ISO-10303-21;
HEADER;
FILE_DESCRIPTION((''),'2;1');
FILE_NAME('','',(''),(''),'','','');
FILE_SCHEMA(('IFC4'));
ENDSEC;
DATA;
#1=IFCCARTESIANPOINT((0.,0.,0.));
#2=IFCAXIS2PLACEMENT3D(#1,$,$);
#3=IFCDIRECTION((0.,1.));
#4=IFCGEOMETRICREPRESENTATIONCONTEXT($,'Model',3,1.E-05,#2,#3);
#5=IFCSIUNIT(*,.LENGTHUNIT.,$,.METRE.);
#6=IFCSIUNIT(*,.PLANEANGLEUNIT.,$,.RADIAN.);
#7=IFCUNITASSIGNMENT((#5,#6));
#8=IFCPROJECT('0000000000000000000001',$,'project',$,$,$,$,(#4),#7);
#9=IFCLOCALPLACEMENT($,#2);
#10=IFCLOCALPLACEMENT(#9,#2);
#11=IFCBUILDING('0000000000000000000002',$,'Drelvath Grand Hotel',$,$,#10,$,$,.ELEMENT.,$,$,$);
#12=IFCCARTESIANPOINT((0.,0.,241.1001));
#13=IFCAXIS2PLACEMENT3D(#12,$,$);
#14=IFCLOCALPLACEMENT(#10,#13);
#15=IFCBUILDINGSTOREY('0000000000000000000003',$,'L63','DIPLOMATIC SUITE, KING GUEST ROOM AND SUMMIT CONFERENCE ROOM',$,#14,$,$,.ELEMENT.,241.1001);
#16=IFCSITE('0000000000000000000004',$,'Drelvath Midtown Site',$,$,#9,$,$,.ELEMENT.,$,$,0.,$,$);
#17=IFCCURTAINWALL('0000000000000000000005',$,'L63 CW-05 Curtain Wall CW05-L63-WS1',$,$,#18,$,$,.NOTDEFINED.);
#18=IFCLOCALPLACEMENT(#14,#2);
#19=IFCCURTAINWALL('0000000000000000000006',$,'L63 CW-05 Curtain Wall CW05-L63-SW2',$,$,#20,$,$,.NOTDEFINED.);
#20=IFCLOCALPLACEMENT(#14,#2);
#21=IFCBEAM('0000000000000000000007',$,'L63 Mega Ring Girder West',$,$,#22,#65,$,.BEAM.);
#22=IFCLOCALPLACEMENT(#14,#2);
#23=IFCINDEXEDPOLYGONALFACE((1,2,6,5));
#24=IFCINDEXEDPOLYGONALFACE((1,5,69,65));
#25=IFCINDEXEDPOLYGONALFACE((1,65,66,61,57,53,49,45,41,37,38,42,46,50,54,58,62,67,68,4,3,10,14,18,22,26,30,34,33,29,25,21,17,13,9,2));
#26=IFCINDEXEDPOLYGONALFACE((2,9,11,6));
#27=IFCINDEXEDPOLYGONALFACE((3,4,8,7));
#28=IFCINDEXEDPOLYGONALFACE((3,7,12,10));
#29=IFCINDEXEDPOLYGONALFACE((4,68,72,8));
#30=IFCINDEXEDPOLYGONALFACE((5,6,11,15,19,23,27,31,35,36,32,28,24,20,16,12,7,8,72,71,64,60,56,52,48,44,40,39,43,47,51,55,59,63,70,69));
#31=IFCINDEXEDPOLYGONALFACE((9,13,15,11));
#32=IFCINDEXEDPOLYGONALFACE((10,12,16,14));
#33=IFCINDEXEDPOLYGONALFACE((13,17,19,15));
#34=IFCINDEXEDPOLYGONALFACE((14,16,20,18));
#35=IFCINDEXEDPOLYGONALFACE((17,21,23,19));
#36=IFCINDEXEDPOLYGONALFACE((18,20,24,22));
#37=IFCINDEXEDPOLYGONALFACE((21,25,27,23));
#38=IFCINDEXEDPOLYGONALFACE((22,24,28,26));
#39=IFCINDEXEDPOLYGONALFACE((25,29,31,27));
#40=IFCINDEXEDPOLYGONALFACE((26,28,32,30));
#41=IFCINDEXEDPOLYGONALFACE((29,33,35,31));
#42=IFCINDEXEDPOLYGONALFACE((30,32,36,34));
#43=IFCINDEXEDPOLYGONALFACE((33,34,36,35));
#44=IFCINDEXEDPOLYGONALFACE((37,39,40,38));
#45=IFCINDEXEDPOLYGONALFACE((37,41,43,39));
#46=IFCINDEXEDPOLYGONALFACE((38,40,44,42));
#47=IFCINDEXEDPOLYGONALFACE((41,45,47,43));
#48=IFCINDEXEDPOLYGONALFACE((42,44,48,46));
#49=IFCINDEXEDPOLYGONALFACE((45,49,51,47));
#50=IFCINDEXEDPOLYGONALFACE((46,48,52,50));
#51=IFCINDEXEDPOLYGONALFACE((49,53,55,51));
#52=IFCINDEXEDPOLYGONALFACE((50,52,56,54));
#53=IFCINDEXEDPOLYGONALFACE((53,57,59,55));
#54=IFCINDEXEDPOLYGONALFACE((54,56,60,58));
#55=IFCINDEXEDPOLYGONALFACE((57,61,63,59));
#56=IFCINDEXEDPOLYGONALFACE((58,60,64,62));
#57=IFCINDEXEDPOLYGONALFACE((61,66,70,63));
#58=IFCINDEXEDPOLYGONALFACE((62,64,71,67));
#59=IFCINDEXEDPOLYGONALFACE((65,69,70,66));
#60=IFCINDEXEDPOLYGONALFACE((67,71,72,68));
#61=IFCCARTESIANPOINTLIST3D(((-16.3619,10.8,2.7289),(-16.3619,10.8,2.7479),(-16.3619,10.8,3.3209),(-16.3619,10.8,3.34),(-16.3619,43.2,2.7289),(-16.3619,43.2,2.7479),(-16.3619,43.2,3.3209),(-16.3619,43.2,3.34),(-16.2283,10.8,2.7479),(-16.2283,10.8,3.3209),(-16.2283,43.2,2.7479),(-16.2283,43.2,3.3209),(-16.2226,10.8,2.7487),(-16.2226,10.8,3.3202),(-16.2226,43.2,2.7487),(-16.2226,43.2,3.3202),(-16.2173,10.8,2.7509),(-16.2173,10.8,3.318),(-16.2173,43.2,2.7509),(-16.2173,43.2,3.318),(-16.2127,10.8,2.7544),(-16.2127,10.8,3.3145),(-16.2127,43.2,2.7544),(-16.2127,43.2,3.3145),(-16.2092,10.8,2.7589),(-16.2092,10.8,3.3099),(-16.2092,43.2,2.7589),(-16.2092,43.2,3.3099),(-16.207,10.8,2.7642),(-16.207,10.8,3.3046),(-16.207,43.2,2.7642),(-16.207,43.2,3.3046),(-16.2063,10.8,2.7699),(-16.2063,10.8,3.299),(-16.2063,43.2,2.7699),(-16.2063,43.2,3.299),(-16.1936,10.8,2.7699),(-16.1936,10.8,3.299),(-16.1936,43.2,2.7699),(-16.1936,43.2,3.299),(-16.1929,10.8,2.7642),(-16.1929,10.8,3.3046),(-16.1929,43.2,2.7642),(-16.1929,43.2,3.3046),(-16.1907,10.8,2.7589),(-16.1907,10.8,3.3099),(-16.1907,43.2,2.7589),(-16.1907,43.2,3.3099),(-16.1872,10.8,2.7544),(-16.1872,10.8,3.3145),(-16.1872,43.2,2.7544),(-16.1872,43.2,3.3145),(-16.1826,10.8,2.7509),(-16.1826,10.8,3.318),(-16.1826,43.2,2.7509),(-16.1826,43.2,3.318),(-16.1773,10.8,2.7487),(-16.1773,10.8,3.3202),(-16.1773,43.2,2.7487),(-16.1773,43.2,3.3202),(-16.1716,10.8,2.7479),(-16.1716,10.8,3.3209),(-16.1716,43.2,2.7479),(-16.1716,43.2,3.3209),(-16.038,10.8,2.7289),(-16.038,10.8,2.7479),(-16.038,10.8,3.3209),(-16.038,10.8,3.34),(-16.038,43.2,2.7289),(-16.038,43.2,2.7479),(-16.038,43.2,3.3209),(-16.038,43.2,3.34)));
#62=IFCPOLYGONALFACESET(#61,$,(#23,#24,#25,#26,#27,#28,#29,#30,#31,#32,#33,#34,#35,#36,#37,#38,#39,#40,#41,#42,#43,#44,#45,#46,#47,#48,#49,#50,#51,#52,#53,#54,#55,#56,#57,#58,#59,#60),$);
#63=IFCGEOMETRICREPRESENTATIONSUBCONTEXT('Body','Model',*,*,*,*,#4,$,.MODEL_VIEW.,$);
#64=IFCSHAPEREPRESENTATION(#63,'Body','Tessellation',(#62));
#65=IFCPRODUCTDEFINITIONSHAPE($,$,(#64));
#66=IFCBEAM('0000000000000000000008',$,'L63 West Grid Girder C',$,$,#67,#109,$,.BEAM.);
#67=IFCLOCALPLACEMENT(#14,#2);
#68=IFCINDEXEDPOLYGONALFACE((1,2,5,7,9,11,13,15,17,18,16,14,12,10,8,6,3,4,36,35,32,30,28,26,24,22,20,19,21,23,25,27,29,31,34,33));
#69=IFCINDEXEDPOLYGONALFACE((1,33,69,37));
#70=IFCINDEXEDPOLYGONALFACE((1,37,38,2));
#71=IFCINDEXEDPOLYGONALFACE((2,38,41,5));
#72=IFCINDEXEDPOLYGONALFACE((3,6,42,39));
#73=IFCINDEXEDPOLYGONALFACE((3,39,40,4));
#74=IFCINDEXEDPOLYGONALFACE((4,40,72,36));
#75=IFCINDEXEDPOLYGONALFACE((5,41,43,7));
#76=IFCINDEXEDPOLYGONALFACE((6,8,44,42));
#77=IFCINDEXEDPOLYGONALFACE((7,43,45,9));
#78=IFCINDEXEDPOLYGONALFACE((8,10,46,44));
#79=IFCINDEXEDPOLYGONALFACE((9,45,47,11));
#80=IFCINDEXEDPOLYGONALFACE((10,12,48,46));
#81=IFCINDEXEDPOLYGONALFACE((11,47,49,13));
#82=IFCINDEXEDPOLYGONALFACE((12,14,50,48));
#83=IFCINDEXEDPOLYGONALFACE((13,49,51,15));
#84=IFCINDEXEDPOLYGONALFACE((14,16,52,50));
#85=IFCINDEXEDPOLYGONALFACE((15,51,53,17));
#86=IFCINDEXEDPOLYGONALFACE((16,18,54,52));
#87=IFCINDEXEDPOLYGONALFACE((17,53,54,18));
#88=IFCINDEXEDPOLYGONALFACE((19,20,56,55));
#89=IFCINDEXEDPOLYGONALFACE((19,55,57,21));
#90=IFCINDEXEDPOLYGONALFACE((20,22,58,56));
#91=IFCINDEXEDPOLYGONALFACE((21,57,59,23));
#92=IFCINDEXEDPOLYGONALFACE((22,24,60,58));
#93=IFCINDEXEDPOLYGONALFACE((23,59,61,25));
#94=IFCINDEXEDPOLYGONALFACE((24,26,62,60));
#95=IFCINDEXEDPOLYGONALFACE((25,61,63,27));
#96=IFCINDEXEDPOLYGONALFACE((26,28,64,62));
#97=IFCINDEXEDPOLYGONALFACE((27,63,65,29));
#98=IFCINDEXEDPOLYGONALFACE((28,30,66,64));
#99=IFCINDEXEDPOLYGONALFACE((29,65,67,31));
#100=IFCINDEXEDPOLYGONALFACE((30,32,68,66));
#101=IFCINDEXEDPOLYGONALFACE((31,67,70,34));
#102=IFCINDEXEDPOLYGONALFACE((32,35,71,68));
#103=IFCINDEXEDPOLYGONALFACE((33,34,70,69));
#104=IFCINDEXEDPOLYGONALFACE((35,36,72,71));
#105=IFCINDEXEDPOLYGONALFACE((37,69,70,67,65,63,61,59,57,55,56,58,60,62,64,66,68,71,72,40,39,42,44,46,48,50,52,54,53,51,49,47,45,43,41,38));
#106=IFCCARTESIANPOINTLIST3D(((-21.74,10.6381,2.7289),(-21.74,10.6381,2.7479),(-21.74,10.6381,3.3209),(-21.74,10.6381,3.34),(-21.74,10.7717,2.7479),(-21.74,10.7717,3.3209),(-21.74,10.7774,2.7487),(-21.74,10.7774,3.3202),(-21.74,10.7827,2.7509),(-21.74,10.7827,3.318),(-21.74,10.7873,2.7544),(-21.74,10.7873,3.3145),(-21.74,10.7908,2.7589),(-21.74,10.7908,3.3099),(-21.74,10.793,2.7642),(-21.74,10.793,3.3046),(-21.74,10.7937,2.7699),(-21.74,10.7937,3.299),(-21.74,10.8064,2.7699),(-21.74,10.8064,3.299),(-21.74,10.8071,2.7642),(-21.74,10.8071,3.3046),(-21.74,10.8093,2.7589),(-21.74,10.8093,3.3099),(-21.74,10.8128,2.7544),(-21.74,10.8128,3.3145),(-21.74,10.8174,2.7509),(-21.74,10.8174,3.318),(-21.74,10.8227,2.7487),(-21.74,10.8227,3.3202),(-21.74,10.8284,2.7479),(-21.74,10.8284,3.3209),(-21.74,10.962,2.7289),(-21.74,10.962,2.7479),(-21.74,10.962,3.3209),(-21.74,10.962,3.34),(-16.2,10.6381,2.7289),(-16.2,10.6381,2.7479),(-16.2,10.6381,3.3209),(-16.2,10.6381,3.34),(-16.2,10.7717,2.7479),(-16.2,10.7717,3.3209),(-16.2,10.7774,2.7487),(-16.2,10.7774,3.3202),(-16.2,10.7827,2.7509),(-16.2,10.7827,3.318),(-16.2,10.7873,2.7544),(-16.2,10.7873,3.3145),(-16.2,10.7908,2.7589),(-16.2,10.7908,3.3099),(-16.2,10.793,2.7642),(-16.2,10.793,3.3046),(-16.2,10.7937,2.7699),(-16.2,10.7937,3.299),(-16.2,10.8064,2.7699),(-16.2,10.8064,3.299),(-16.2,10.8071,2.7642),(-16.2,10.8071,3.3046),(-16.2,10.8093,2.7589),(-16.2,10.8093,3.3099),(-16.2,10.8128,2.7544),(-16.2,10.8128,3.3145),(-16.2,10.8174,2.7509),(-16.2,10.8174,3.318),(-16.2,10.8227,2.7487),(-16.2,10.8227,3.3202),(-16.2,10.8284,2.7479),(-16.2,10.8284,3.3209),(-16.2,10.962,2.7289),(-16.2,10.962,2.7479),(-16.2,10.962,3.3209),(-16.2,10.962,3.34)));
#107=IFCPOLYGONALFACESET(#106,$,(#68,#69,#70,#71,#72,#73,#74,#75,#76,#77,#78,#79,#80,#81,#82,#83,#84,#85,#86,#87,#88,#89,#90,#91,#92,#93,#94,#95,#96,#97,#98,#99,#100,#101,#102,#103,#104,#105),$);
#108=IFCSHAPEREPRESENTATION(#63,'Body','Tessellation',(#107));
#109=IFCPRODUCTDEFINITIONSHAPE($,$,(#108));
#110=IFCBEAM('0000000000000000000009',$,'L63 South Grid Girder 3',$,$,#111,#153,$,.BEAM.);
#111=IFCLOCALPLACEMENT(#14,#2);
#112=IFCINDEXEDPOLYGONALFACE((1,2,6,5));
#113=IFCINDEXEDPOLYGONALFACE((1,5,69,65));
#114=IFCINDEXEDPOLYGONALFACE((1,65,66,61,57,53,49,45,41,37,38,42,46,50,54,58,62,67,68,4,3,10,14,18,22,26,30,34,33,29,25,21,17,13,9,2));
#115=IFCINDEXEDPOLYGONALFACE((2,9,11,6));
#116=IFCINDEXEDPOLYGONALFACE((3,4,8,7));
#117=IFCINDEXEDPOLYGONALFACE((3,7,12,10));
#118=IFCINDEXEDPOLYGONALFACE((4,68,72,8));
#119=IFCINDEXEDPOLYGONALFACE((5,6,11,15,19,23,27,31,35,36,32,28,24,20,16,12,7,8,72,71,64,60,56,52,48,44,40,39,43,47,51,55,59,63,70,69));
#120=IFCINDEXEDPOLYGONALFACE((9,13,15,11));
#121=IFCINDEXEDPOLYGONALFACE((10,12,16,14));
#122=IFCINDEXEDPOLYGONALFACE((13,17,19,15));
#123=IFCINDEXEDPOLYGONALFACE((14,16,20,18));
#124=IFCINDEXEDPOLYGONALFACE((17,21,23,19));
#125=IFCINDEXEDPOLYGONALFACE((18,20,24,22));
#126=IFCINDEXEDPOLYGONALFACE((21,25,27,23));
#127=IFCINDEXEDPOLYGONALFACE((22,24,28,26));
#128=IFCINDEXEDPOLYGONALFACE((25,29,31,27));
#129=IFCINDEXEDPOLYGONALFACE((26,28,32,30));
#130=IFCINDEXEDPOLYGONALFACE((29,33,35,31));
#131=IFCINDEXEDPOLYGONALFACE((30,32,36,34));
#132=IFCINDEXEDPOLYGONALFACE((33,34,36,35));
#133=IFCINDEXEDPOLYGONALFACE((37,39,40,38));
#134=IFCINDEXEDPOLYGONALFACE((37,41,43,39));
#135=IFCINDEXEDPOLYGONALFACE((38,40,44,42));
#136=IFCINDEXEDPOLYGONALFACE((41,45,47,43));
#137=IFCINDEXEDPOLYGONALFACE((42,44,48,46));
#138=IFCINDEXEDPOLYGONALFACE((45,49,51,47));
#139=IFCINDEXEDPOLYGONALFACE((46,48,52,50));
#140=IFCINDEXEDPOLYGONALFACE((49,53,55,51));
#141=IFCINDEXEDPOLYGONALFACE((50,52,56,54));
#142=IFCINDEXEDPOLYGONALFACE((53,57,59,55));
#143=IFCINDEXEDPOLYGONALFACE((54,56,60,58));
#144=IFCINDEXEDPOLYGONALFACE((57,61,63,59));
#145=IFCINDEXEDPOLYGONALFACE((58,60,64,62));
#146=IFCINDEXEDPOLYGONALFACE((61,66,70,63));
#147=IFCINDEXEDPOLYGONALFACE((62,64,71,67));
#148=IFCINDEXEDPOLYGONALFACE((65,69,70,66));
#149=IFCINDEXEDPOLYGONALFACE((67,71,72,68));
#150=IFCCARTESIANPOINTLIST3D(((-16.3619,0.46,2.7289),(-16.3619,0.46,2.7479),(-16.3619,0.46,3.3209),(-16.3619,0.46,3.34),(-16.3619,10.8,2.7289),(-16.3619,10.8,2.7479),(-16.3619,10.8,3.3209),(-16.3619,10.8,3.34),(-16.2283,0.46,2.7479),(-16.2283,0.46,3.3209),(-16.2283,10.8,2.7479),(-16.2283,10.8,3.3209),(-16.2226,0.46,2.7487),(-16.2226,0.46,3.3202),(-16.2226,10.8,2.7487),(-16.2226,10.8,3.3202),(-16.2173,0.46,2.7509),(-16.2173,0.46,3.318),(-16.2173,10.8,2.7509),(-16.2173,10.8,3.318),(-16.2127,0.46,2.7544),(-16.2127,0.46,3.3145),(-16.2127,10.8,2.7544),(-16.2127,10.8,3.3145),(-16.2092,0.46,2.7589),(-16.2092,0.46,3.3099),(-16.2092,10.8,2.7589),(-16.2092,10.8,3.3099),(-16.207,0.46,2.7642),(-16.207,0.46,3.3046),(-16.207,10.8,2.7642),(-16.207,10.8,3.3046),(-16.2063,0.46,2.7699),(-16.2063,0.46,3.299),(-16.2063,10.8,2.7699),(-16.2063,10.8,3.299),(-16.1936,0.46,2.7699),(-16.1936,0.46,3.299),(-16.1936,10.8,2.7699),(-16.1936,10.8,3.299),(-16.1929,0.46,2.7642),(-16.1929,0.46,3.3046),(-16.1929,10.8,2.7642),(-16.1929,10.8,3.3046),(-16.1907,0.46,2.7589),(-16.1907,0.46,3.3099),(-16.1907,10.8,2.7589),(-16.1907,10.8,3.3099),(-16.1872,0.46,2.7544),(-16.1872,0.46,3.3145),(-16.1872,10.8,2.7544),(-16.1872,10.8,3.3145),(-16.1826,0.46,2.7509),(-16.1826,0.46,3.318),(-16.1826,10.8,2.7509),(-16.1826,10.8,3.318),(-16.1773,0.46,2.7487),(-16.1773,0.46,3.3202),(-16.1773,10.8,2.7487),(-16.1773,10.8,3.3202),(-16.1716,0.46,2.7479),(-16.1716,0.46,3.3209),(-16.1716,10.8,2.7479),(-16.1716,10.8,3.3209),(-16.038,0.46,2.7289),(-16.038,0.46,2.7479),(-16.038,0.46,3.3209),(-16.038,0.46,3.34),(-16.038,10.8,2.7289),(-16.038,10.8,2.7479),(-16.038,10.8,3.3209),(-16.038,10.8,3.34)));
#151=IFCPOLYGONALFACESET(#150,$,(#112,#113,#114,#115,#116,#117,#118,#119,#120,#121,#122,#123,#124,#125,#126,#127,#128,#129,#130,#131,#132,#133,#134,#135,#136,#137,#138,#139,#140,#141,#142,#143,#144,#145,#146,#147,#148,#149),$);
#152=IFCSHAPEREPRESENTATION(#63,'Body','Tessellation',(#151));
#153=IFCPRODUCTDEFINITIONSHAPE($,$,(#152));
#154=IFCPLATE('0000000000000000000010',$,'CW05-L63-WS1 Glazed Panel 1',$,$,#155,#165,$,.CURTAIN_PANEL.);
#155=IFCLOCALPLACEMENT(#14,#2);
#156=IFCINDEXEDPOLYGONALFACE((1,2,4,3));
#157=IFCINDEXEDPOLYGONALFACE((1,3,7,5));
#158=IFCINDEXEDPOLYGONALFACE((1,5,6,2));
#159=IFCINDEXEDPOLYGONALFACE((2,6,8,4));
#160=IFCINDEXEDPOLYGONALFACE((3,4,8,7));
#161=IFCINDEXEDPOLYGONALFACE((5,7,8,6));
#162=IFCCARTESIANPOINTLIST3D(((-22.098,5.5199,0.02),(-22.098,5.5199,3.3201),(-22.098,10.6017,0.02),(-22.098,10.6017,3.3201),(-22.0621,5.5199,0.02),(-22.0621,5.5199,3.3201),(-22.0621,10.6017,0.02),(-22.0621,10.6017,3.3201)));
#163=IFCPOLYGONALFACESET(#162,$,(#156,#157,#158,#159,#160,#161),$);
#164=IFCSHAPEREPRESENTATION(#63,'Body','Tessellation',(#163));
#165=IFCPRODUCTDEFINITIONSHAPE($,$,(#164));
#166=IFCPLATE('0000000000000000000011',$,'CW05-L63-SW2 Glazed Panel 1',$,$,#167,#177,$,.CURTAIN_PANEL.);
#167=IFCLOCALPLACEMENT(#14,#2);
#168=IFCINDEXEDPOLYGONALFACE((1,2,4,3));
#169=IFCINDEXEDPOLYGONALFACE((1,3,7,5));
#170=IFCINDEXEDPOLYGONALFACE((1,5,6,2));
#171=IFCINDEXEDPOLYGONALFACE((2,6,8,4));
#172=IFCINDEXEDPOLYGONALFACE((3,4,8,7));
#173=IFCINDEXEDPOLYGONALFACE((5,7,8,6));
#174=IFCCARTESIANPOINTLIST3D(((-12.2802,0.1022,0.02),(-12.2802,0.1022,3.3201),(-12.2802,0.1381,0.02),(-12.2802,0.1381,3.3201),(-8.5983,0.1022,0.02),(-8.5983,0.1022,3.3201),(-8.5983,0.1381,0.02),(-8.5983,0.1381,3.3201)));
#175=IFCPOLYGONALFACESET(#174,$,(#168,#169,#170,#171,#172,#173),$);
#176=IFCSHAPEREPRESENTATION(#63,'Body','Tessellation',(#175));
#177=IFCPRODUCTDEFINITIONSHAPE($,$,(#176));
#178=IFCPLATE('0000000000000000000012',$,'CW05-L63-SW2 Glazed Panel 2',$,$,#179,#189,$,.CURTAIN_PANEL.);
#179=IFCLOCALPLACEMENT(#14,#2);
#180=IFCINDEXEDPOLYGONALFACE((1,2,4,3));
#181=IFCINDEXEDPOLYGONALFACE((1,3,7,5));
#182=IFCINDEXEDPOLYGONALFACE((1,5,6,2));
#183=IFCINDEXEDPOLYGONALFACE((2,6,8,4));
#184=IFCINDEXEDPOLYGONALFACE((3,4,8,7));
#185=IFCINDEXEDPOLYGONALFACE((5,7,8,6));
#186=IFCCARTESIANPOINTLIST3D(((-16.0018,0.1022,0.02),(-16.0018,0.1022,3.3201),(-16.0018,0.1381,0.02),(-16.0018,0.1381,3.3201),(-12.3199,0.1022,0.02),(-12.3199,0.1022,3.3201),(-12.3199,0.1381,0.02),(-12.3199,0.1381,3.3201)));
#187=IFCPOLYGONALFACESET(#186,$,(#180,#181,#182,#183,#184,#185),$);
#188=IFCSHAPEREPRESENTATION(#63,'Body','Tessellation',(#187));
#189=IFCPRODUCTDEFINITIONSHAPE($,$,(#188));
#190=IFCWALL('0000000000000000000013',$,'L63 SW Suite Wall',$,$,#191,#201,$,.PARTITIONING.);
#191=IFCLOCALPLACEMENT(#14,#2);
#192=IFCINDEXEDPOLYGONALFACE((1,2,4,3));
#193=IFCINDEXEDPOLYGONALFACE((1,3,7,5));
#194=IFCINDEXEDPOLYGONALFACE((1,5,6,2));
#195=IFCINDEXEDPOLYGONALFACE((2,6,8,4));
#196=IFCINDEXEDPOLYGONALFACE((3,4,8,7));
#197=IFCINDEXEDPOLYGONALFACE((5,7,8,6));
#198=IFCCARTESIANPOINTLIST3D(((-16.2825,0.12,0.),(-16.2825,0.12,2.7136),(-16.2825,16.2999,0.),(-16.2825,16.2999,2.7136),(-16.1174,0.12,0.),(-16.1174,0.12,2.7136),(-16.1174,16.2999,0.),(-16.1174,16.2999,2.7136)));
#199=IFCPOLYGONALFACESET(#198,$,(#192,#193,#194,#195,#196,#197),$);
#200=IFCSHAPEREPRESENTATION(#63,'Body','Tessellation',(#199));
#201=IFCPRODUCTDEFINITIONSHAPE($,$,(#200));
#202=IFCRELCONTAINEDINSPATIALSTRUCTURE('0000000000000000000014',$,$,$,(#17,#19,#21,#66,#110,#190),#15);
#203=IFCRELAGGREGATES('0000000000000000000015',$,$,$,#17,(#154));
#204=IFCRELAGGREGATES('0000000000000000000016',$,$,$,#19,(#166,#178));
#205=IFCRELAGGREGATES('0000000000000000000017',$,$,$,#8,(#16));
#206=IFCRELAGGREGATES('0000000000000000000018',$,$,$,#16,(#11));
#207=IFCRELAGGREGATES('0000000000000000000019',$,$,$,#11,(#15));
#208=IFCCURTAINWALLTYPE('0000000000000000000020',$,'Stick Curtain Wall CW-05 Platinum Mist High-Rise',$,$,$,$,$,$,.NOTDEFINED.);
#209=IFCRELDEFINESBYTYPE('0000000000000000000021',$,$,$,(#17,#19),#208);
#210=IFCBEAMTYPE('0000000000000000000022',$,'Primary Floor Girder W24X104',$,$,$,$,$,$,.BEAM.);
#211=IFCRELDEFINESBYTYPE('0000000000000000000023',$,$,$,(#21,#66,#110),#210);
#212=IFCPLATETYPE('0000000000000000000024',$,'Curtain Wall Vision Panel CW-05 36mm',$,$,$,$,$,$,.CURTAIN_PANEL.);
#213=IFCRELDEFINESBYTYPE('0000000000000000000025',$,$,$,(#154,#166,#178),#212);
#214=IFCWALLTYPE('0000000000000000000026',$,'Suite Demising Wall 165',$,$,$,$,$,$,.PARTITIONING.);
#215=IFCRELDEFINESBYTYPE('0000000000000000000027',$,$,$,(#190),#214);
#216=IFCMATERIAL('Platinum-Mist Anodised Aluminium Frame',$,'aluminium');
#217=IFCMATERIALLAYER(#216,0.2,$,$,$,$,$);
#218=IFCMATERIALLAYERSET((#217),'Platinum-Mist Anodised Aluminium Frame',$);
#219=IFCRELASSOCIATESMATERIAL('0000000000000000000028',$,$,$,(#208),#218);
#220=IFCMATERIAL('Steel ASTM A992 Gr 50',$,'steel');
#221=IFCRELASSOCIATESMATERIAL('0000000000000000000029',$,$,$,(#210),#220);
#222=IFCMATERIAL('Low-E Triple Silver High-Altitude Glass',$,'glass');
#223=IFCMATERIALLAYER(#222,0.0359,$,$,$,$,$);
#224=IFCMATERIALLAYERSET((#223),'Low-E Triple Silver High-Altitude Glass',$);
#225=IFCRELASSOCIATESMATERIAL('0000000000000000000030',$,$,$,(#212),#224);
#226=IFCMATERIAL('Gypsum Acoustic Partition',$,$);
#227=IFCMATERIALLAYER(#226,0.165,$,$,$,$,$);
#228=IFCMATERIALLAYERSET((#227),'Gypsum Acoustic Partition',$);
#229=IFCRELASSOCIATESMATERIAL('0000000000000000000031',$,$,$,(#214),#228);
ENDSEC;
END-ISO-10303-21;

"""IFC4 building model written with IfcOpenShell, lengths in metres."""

from ifc_helpers import new_model, si_unit, direction, frame, frame_2d, origin, origin_2d, place, context, subcontext, project, spatial, rectangle, i_section, extrude, material, layer, layer_set, material_profile, profile_set, type_object, element, aggregate, save


model = new_model("IFC4")

# Units and contexts
model_context = context("Model", 3, precision=1e-05, world=origin(), true_north=direction((0.0, 1.0)))
body_context = subcontext(model_context, "Body", "Model", "MODEL_VIEW")
ifc_project = project(units=[si_unit("LENGTHUNIT", "METRE"), si_unit("PLANEANGLEUNIT", "RADIAN")], contexts=[model_context])

# Site, building, storey
site_placement = place(None, origin())
site = spatial("IfcSite", under=ifc_project, at=site_placement, Name="Drelvath Midtown Site", CompositionType="ELEMENT", RefElevation=0.0)
building_placement = place(site_placement, origin())
building = spatial("IfcBuilding", under=site, at=building_placement, Name="Drelvath Grand Hotel", CompositionType="ELEMENT")
storey_placement = place(building_placement, frame((0.0, 0.0, 241.1001)))
storey = spatial("IfcBuildingStorey", under=building, at=storey_placement, Name="L63", Description="DIPLOMATIC SUITE, KING GUEST ROOM AND SUMMIT CONFERENCE ROOM", CompositionType="ELEMENT", Elevation=241.1001)

# Shared definitions
ifc_material_1 = material(Name="Steel ASTM A992 Gr 50", Category="steel")

# Curtain walls
ifc_material_2 = material(Name="Platinum-Mist Anodised Aluminium Frame", Category="aluminium")
ifc_layer_1 = layer(ifc_material_2, 0.2)
ifc_layer_set_1 = layer_set([ifc_layer_1], Name="Platinum-Mist Anodised Aluminium Frame")
curtain_wall_type = type_object("IfcCurtainWallType", Name="Stick Curtain Wall CW-05 Platinum Mist High-Rise", PredefinedType="NOTDEFINED", material=ifc_layer_set_1)
curtain_wall_1_placement = place(storey_placement, origin())
curtain_wall_1 = element("IfcCurtainWall", 1, at=curtain_wall_1_placement, inside=storey, type_object=curtain_wall_type, Name="L63 CW-05 Curtain Wall CW05-L63-WS1", PredefinedType="NOTDEFINED")
curtain_wall_2_placement = place(storey_placement, origin())
curtain_wall_2 = element("IfcCurtainWall", 2, at=curtain_wall_2_placement, inside=storey, type_object=curtain_wall_type, Name="L63 CW-05 Curtain Wall CW05-L63-SW2", PredefinedType="NOTDEFINED")

# Beams
ifc_material_profile_1 = material_profile(ifc_material_1, i_section(OverallWidth=0.324, OverallDepth=0.6111, WebThickness=0.0127, FlangeThickness=0.019, FilletRadius=0.022, at=origin_2d()), Name="W24X104")
ifc_profile_set_1 = profile_set([ifc_material_profile_1], Name="Steel ASTM A992 Gr 50")
beam_type_1 = type_object("IfcBeamType", Name="Primary Floor Girder W24X104", PredefinedType="BEAM", material=ifc_profile_set_1)
for number, where, z_axis, x_axis, name in (
    (3, (-16.2, 10.8, 3.0344), (0.0, 1.0, 0.0), (-1.0, 0.0, 0.0), "L63 Mega Ring Girder West"),
):
    element("IfcBeam", number, at=place(storey_placement, frame(where, z_axis=z_axis, x_axis=x_axis)), inside=storey, type_object=beam_type_1, Name=name, PredefinedType="BEAM", context=body_context, shape_type="SweptSolid", body=[
        extrude(i_section(OverallWidth=0.324, OverallDepth=0.6111, WebThickness=0.0127, FlangeThickness=0.019, FilletRadius=0.022, at=origin_2d()), origin(), (0.0, 0.0, 1.0), 32.3999),
    ])
beam_1_placement = place(storey_placement, frame((-21.74, 10.8, 3.0344), z_axis=(1.0, 0.0, 0.0), x_axis=(0.0, 1.0, 0.0)))
element("IfcBeam", 4, at=beam_1_placement, inside=storey, type_object=beam_type_1, Name="L63 West Grid Girder C", PredefinedType="BEAM", context=body_context, shape_type="SweptSolid", body=[
    extrude(i_section(OverallWidth=0.324, OverallDepth=0.6111, WebThickness=0.0127, FlangeThickness=0.019, FilletRadius=0.022, at=origin_2d()), origin(), (0.0, 0.0, 1.0), 5.54),
])
beam_2_placement = place(storey_placement, frame((-16.2, 0.46, 3.0344), z_axis=(0.0, 1.0, 0.0), x_axis=(-1.0, 0.0, 0.0)))
element("IfcBeam", 5, at=beam_2_placement, inside=storey, type_object=beam_type_1, Name="L63 South Grid Girder 3", PredefinedType="BEAM", context=body_context, shape_type="SweptSolid", body=[
    extrude(i_section(OverallWidth=0.324, OverallDepth=0.6111, WebThickness=0.0127, FlangeThickness=0.019, FilletRadius=0.022, at=origin_2d()), origin(), (0.0, 0.0, 1.0), 10.3401),
])

# Plates
ifc_material_3 = material(Name="Low-E Triple Silver High-Altitude Glass", Category="glass")
ifc_layer_2 = layer(ifc_material_3, 0.0359)
ifc_layer_set_2 = layer_set([ifc_layer_2], Name="Low-E Triple Silver High-Altitude Glass")
plate_type = type_object("IfcPlateType", Name="Curtain Wall Vision Panel CW-05 36mm", PredefinedType="CURTAIN_PANEL", material=ifc_layer_set_2)
plate_1_placement = place(storey_placement, frame((-22.0801, 8.0608, 0.02), z_axis=(0.0, 0.0, 1.0), x_axis=(0.0, 1.0, 0.0)))
plate_1 = element("IfcPlate", 6, at=plate_1_placement, type_object=plate_type, Name="CW05-L63-WS1 Glazed Panel 1", PredefinedType="CURTAIN_PANEL", context=body_context, shape_type="SweptSolid", body=[
    extrude(rectangle(XDim=5.0818, YDim=0.0359, at=origin_2d()), origin(), (0.0, 0.0, 1.0), 3.3),
])
aggregate(curtain_wall_1, [plate_1])
plate_2_placement = place(storey_placement, frame((-10.4392, 0.1201, 0.02), z_axis=(0.0, 0.0, 1.0), x_axis=(-1.0, 0.0, 0.0)))
plate_2 = element("IfcPlate", 7, at=plate_2_placement, type_object=plate_type, Name="CW05-L63-SW2 Glazed Panel 1", PredefinedType="CURTAIN_PANEL", context=body_context, shape_type="SweptSolid", body=[
    extrude(rectangle(XDim=3.6819, YDim=0.0359, at=origin_2d()), origin(), (0.0, 0.0, 1.0), 3.3),
])
plate_3_placement = place(storey_placement, frame((-14.1609, 0.1201, 0.02), z_axis=(0.0, 0.0, 1.0), x_axis=(-1.0, 0.0, 0.0)))
plate_3 = element("IfcPlate", 8, at=plate_3_placement, type_object=plate_type, Name="CW05-L63-SW2 Glazed Panel 2", PredefinedType="CURTAIN_PANEL", context=body_context, shape_type="SweptSolid", body=[
    extrude(rectangle(XDim=3.6819, YDim=0.0359, at=origin_2d()), origin(), (0.0, 0.0, 1.0), 3.3),
])
aggregate(curtain_wall_2, [plate_2, plate_3])

# Wall
ifc_material_4 = material(Name="Gypsum Acoustic Partition")
ifc_layer_3 = layer(ifc_material_4, 0.165)
ifc_layer_set_3 = layer_set([ifc_layer_3], Name="Gypsum Acoustic Partition")
wall_type_1 = type_object("IfcWallType", Name="Suite Demising Wall 165", PredefinedType="PARTITIONING", material=ifc_layer_set_3)
wall_1_placement = place(storey_placement, frame((-16.2, 0.1201, 0.0), z_axis=(0.0, 0.0, 1.0), x_axis=(0.0, 1.0, 0.0)))
element("IfcWall", 9, at=wall_1_placement, inside=storey, type_object=wall_type_1, Name="L63 SW Suite Wall", PredefinedType="PARTITIONING", context=body_context, shape_type="SweptSolid", body=[
    extrude(rectangle(XDim=16.1799, YDim=0.165, at=frame_2d((8.0898, 0.0))), origin(), (0.0, 0.0, 1.0), 2.7136),
])

save(model, "model.ifc")
